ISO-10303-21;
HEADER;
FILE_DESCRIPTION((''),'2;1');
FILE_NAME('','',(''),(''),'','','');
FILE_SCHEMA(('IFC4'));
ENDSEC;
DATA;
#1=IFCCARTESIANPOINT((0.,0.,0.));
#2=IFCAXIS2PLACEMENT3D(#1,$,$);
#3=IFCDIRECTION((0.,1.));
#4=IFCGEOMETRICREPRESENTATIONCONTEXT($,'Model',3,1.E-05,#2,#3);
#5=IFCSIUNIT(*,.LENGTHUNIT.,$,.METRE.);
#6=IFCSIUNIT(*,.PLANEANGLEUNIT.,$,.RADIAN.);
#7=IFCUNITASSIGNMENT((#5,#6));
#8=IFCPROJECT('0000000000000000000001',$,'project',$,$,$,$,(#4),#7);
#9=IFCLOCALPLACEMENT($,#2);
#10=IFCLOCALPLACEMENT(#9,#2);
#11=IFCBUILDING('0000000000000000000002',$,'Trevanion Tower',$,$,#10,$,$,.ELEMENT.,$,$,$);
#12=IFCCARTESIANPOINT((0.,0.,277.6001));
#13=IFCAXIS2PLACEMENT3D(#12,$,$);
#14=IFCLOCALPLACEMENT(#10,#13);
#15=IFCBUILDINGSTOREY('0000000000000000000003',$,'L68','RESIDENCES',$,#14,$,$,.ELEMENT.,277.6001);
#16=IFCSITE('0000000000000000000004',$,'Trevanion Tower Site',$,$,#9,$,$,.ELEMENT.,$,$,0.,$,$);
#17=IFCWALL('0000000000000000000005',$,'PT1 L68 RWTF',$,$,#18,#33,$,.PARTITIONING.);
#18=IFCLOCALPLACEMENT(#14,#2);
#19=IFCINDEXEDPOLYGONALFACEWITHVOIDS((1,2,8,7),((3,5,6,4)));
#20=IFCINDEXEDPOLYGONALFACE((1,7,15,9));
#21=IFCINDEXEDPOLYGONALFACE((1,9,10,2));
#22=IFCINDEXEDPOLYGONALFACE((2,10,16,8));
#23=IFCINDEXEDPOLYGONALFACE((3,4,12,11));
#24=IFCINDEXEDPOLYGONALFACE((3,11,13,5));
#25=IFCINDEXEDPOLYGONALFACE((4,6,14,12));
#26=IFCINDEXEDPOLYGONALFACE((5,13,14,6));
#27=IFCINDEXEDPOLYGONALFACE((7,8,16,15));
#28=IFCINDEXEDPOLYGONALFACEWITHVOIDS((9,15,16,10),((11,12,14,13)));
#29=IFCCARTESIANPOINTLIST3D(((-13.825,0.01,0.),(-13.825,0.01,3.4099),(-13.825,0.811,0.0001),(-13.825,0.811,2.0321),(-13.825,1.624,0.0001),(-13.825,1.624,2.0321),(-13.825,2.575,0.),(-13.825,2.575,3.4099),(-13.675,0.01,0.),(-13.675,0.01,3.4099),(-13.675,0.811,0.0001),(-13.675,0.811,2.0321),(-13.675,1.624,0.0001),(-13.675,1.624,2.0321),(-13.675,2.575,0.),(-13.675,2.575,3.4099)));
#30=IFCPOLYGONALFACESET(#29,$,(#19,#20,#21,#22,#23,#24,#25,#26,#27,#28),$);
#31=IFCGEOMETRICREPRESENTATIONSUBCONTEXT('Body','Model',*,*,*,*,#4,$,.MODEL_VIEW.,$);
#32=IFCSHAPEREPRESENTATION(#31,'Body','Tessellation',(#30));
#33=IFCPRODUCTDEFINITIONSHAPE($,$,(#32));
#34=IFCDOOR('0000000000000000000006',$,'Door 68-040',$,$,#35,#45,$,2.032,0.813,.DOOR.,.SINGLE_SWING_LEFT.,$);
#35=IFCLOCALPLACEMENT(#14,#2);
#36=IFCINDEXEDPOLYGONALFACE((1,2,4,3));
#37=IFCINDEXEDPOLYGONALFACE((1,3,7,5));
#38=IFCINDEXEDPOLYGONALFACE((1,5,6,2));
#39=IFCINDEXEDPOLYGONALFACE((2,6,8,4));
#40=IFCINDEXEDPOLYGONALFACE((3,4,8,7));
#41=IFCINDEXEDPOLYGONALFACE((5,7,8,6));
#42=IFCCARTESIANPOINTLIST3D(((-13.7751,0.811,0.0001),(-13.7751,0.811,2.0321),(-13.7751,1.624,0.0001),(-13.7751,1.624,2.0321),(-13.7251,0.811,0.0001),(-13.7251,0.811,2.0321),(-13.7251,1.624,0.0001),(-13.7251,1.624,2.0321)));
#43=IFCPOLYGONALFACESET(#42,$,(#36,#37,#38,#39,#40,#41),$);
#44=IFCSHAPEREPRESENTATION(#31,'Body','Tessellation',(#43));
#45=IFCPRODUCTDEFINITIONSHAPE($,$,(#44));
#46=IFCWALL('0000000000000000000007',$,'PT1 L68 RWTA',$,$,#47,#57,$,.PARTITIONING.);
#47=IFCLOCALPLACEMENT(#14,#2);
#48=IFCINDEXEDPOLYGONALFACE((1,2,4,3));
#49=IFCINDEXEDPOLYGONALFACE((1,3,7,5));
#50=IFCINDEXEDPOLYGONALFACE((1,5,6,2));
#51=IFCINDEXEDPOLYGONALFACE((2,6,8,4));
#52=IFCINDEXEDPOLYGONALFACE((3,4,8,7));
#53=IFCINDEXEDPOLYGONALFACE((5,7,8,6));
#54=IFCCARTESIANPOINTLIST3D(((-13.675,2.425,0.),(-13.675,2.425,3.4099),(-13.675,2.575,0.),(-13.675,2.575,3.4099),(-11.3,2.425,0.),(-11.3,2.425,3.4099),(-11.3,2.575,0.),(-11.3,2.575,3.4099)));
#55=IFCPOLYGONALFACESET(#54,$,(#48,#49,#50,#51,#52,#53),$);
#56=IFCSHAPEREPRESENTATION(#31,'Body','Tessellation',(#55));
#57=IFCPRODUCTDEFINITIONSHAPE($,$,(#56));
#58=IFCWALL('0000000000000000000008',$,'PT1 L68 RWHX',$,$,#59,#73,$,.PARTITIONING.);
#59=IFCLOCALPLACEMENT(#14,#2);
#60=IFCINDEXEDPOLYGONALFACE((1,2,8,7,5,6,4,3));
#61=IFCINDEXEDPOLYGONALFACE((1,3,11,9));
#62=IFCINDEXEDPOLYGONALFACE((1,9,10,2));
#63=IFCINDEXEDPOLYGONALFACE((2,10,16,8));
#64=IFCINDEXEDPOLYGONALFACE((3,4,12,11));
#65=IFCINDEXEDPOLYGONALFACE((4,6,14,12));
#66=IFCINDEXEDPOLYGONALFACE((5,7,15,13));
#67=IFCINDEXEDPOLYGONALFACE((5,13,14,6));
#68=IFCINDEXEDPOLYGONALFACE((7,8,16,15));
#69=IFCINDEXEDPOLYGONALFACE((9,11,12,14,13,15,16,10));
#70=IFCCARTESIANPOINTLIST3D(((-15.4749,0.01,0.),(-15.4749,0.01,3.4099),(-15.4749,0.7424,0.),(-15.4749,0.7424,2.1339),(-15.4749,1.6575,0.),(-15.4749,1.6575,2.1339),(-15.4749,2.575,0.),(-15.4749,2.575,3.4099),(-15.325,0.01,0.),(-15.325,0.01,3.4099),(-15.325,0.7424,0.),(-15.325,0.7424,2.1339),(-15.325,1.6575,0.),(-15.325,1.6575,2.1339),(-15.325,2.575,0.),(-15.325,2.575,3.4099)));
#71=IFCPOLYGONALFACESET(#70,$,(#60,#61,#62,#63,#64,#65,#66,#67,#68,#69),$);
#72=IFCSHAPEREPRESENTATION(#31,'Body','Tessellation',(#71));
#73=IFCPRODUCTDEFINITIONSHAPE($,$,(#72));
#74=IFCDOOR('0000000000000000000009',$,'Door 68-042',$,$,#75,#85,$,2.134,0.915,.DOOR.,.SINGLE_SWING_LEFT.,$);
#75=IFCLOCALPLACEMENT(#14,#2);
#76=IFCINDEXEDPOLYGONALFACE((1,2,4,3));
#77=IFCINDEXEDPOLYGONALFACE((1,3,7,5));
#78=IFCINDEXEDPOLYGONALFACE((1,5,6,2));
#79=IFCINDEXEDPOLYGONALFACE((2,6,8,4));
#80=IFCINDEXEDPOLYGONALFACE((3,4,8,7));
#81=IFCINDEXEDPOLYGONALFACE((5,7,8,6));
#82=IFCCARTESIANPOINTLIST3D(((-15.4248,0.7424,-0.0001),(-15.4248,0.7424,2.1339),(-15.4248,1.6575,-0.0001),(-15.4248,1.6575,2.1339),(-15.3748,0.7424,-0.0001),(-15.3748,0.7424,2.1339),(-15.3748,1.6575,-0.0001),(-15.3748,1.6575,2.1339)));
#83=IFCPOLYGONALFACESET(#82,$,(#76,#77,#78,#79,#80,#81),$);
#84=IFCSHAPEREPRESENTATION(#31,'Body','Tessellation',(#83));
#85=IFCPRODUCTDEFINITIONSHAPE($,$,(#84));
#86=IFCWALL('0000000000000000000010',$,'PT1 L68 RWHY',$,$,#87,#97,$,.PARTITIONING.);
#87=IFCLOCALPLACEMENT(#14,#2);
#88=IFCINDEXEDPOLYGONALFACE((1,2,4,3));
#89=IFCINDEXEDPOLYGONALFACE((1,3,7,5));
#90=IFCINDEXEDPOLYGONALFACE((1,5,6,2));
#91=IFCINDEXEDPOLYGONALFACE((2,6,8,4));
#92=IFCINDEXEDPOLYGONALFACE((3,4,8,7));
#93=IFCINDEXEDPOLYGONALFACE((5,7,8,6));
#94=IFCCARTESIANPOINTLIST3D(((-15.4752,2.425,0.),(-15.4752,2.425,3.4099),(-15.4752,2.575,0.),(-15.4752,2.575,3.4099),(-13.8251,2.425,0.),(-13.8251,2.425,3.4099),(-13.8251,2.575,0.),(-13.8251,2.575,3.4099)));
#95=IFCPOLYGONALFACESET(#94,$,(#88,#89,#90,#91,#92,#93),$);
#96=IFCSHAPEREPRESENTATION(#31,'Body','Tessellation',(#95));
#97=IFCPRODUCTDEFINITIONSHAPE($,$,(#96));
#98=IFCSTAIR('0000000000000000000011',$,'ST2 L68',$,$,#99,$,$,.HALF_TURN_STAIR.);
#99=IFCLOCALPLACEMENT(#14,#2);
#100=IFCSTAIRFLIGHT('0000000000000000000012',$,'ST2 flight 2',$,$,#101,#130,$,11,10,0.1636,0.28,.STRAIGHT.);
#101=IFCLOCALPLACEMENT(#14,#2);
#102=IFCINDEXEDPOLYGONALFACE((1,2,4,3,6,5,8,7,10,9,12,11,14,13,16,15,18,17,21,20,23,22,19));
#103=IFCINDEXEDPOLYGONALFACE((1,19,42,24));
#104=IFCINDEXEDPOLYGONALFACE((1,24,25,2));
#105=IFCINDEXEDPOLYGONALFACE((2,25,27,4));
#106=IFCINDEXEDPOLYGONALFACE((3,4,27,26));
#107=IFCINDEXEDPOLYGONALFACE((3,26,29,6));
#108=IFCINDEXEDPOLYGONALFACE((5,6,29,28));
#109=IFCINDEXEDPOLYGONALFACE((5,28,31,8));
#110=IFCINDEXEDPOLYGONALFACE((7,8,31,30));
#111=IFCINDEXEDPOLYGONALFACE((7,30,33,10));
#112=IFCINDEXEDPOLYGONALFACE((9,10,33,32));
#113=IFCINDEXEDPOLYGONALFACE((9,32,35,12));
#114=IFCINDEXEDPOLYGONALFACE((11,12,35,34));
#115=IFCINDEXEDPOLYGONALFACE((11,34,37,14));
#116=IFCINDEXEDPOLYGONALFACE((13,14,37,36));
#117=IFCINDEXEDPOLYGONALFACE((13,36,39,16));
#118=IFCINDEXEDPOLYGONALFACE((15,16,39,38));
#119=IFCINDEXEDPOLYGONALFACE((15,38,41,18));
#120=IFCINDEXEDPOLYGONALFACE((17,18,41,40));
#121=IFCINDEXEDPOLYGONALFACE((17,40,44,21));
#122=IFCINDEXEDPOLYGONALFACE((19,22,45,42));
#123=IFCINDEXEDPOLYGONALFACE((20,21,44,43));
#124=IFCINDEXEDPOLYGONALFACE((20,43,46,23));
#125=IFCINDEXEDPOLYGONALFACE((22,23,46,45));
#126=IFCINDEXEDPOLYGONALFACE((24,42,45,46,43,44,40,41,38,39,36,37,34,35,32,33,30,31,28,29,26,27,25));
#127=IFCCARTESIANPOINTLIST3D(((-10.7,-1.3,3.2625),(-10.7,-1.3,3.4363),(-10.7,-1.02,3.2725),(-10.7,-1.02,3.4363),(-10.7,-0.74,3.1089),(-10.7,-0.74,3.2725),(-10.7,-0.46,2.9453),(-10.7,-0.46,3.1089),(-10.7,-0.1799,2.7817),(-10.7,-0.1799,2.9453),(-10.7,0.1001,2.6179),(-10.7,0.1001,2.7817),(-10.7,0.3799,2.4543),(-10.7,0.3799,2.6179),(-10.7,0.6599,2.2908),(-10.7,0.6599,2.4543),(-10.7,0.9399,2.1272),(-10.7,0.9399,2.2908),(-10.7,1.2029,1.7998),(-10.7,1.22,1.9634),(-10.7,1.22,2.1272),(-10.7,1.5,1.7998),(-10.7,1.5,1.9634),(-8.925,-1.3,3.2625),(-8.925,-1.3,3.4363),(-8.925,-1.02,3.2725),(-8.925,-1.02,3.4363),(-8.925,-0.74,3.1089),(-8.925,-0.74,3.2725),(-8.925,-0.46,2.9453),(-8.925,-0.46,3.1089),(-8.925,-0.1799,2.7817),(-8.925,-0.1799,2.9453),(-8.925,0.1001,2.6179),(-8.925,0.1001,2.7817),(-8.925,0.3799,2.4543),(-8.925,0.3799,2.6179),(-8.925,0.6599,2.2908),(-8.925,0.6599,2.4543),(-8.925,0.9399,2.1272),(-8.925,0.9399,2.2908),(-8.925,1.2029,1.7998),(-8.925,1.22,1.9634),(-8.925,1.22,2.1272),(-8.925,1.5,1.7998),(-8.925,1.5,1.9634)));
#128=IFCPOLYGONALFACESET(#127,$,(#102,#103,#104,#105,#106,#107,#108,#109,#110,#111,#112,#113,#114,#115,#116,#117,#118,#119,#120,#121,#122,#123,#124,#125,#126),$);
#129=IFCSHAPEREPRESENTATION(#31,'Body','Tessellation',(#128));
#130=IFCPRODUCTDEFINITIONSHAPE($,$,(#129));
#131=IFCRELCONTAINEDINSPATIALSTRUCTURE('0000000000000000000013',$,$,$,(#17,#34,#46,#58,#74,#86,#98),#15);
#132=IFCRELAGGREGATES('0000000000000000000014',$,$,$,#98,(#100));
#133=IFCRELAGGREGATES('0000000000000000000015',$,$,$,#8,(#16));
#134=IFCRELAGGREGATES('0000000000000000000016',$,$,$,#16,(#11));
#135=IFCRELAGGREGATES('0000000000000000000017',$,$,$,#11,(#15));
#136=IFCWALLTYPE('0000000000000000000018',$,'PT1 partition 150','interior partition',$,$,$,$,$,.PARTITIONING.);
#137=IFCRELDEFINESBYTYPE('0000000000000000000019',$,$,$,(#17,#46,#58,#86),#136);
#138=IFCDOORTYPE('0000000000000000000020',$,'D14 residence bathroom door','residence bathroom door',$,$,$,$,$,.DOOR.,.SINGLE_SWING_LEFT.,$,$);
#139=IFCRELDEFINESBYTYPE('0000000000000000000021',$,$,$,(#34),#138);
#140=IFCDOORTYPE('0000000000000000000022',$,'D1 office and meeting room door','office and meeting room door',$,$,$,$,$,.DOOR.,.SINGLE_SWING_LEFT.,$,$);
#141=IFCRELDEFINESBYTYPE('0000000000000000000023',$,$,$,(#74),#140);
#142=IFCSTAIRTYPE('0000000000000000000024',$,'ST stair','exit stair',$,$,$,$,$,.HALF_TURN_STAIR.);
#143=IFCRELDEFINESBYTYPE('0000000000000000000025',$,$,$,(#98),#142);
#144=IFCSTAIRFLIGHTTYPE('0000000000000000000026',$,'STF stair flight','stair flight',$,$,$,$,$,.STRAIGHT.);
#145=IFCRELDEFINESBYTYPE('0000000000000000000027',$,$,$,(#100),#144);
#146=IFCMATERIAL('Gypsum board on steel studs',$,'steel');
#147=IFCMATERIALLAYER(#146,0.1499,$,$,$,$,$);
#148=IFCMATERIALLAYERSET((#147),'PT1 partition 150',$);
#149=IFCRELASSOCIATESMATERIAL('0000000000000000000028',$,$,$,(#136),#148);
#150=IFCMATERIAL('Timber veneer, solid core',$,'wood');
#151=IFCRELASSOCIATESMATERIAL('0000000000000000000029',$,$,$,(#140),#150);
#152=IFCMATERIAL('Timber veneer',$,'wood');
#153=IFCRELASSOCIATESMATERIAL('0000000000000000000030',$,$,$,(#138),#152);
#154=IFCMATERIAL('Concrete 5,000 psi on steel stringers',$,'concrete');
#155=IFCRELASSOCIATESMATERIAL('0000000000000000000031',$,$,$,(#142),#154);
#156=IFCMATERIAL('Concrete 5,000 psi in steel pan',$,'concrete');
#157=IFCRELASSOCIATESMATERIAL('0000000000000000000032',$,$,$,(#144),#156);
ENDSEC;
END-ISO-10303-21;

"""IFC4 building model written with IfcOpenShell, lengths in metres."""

from ifc_helpers import new_model, si_unit, direction, frame, frame_2d, origin, place, context, subcontext, project, spatial, polyline, rectangle, outline, extrude, material, layer, layer_set, type_object, element, fill, aggregate, save


model = new_model("IFC4")

# Units and contexts
model_context = context("Model", 3, precision=1e-05, world=origin(), true_north=direction((0.0, 1.0)))
body_context = subcontext(model_context, "Body", "Model", "MODEL_VIEW")
ifc_project = project(units=[si_unit("LENGTHUNIT", "METRE"), si_unit("PLANEANGLEUNIT", "RADIAN")], contexts=[model_context])

# Site, building, storey
site_placement = place(None, origin())
site = spatial("IfcSite", under=ifc_project, at=site_placement, Name="Trevanion Tower Site", CompositionType="ELEMENT", RefElevation=0.0)
building_placement = place(site_placement, origin())
building = spatial("IfcBuilding", under=site, at=building_placement, Name="Trevanion Tower", CompositionType="ELEMENT")
storey_placement = place(building_placement, frame((0.0, 0.0, 277.6001)))
storey = spatial("IfcBuildingStorey", under=building, at=storey_placement, Name="L68", Description="RESIDENCES", CompositionType="ELEMENT", Elevation=277.6001)

# Wall, opening, door
ifc_material_1 = material(Name="Gypsum board on steel studs", Category="steel")
ifc_layer_1 = layer(ifc_material_1, 0.1499)
ifc_layer_set_1 = layer_set([ifc_layer_1], Name="PT1 partition 150")
wall_type = type_object("IfcWallType", Name="PT1 partition 150", Description="interior partition", PredefinedType="PARTITIONING", material=ifc_layer_set_1)
ifc_material_2 = material(Name="Timber veneer, solid core", Category="wood")
door_type_1 = type_object("IfcDoorType", Name="D1 office and meeting room door", Description="office and meeting room door", OperationType="SINGLE_SWING_LEFT", PredefinedType="DOOR", material=ifc_material_2)
wall_1_placement = place(storey_placement, frame((-13.75, 2.575, 0.0), z_axis=(0.0, 0.0, 1.0), x_axis=(0.0, -1.0, 0.0)))
wall_1 = element("IfcWall", 1, at=wall_1_placement, inside=storey, type_object=wall_type, Name="PT1 L68 RWTF", PredefinedType="PARTITIONING", context=body_context, shape_type="SweptSolid", body=[
    extrude(rectangle(XDim=2.5649, YDim=0.1499, at=frame_2d((1.2825, 0.0))), origin(), (0.0, 0.0, 1.0), 3.4099),
])
opening_1_placement = place(wall_1_placement, frame((0.9509, 0.0, 0.0)))
opening_1 = element("IfcOpeningElement", 2, at=opening_1_placement, cuts=wall_1, PredefinedType="OPENING", context=body_context, shape_type="SweptSolid", body=[
    extrude(rectangle(XDim=0.813, YDim=2.032, at=frame_2d((0.4065, 1.0161))), frame((0.0, 0.085, 0.0), z_axis=(0.0, -1.0, 0.0), x_axis=(1.0, 0.0, 0.0)), (0.0, 0.0, 1.0), 0.1699),
])
ifc_material_3 = material(Name="Timber veneer", Category="wood")
door_type_2 = type_object("IfcDoorType", Name="D14 residence bathroom door", Description="residence bathroom door", OperationType="SINGLE_SWING_LEFT", PredefinedType="DOOR", material=ifc_material_3)
door_1_placement = place(opening_1_placement, origin())
door_1 = element("IfcDoor", 3, at=door_1_placement, inside=storey, type_object=door_type_2, Name="Door 68-040", OperationType="SINGLE_SWING_LEFT", OverallHeight=2.032, OverallWidth=0.813, PredefinedType="DOOR", context=body_context, shape_type="SweptSolid", body=[
    extrude(rectangle(XDim=0.813, YDim=2.032, at=frame_2d((0.4065, 1.0161))), frame((0.0, 0.0249, 0.0), z_axis=(0.0, -1.0, 0.0), x_axis=(1.0, 0.0, 0.0)), (0.0, 0.0, 1.0), 0.05),
])
fill(opening_1, door_1)

# Wall
wall_2_placement = place(storey_placement, frame((-11.3, 2.5, 0.0), z_axis=(0.0, 0.0, 1.0), x_axis=(-1.0, 0.0, 0.0)))
element("IfcWall", 4, at=wall_2_placement, inside=storey, type_object=wall_type, Name="PT1 L68 RWTA", PredefinedType="PARTITIONING", context=body_context, shape_type="SweptSolid", body=[
    extrude(rectangle(XDim=2.375, YDim=0.1499, at=frame_2d((1.1875, 0.0))), origin(), (0.0, 0.0, 1.0), 3.4099),
])

# Wall, opening, door
wall_3_placement = place(storey_placement, frame((-15.3999, 0.01, 0.0), z_axis=(0.0, 0.0, 1.0), x_axis=(0.0, 1.0, 0.0)))
wall_3 = element("IfcWall", 5, at=wall_3_placement, inside=storey, type_object=wall_type, Name="PT1 L68 RWHX", PredefinedType="PARTITIONING", context=body_context, shape_type="SweptSolid", body=[
    extrude(rectangle(XDim=2.5649, YDim=0.1499, at=frame_2d((1.2825, 0.0))), origin(), (0.0, 0.0, 1.0), 3.4099),
])
opening_2_placement = place(wall_3_placement, frame((0.7324, 0.0, 0.0)))
opening_2 = element("IfcOpeningElement", 6, at=opening_2_placement, cuts=wall_3, PredefinedType="OPENING", context=body_context, shape_type="SweptSolid", body=[
    extrude(rectangle(XDim=0.915, YDim=2.134, at=frame_2d((0.4575, 1.0669))), frame((0.0, 0.085, 0.0), z_axis=(0.0, -1.0, 0.0), x_axis=(1.0, 0.0, 0.0)), (0.0, 0.0, 1.0), 0.1699),
])
door_2_placement = place(opening_2_placement, origin())
door_2 = element("IfcDoor", 7, at=door_2_placement, inside=storey, type_object=door_type_1, Name="Door 68-042", OperationType="SINGLE_SWING_LEFT", OverallHeight=2.134, OverallWidth=0.915, PredefinedType="DOOR", context=body_context, shape_type="SweptSolid", body=[
    extrude(rectangle(XDim=0.915, YDim=2.134, at=frame_2d((0.4575, 1.0669))), frame((0.0, 0.0249, 0.0), z_axis=(0.0, -1.0, 0.0), x_axis=(1.0, 0.0, 0.0)), (0.0, 0.0, 1.0), 0.05),
])
fill(opening_2, door_2)

# Wall
wall_4_placement = place(storey_placement, frame((-13.825, 2.5, 0.0), z_axis=(0.0, 0.0, 1.0), x_axis=(-1.0, 0.0, 0.0)))
element("IfcWall", 8, at=wall_4_placement, inside=storey, type_object=wall_type, Name="PT1 L68 RWHY", PredefinedType="PARTITIONING", context=body_context, shape_type="SweptSolid", body=[
    extrude(rectangle(XDim=1.6501, YDim=0.1499, at=frame_2d((0.8252, 0.0))), origin(), (0.0, 0.0, 1.0), 3.4099),
])

# Stair, stair flight
ifc_material_4 = material(Name="Concrete 5,000 psi on steel stringers", Category="concrete")
stair_type = type_object("IfcStairType", Name="ST stair", Description="exit stair", PredefinedType="HALF_TURN_STAIR", material=ifc_material_4)
stair_placement = place(storey_placement, origin())
stair = element("IfcStair", 9, at=stair_placement, inside=storey, type_object=stair_type, Name="ST2 L68", PredefinedType="HALF_TURN_STAIR")
ifc_material_5 = material(Name="Concrete 5,000 psi in steel pan", Category="concrete")
stair_flight_type = type_object("IfcStairFlightType", Name="STF stair flight", Description="stair flight", PredefinedType="STRAIGHT", material=ifc_material_5)
stair_flight_placement = place(storey_placement, frame((-9.8125, 1.5, 1.7998), z_axis=(0.0, 0.0, 1.0), x_axis=(0.0, -1.0, 0.0)))
stair_flight = element("IfcStairFlight", 10, at=stair_flight_placement, type_object=stair_flight_type, Name="ST2 flight 2", NumberOfRisers=11, NumberOfTreads=10, PredefinedType="STRAIGHT", RiserHeight=0.1636, TreadLength=0.28, context=body_context, shape_type="SweptSolid", body=[
    extrude(outline(polyline([(0.0, 0.0), (0.0, 0.1636), (0.28, 0.1636), (0.28, 0.3274), (0.5601, 0.3274), (0.5601, 0.491), (0.8401, 0.491), (0.8401, 0.6545), (1.1201, 0.6545), (1.1201, 0.8181), (1.3999, 0.8181), (1.3999, 0.9819), (1.6799, 0.9819), (1.6799, 1.1455), (1.96, 1.1455), (1.96, 1.3091), (2.24, 1.3091), (2.24, 1.4727), (2.52, 1.4727), (2.52, 1.6365), (2.8, 1.6365), (2.8, 1.8), (2.8, 1.4626), (0.2971, 0.0), (0.0, 0.0)])), frame((0.0, 0.8875, 0.0), z_axis=(0.0, -1.0, 0.0), x_axis=(1.0, 0.0, 0.0)), (0.0, 0.0, 1.0), 1.7749),
])
aggregate(stair, [stair_flight])

save(model, "model.ifc")
